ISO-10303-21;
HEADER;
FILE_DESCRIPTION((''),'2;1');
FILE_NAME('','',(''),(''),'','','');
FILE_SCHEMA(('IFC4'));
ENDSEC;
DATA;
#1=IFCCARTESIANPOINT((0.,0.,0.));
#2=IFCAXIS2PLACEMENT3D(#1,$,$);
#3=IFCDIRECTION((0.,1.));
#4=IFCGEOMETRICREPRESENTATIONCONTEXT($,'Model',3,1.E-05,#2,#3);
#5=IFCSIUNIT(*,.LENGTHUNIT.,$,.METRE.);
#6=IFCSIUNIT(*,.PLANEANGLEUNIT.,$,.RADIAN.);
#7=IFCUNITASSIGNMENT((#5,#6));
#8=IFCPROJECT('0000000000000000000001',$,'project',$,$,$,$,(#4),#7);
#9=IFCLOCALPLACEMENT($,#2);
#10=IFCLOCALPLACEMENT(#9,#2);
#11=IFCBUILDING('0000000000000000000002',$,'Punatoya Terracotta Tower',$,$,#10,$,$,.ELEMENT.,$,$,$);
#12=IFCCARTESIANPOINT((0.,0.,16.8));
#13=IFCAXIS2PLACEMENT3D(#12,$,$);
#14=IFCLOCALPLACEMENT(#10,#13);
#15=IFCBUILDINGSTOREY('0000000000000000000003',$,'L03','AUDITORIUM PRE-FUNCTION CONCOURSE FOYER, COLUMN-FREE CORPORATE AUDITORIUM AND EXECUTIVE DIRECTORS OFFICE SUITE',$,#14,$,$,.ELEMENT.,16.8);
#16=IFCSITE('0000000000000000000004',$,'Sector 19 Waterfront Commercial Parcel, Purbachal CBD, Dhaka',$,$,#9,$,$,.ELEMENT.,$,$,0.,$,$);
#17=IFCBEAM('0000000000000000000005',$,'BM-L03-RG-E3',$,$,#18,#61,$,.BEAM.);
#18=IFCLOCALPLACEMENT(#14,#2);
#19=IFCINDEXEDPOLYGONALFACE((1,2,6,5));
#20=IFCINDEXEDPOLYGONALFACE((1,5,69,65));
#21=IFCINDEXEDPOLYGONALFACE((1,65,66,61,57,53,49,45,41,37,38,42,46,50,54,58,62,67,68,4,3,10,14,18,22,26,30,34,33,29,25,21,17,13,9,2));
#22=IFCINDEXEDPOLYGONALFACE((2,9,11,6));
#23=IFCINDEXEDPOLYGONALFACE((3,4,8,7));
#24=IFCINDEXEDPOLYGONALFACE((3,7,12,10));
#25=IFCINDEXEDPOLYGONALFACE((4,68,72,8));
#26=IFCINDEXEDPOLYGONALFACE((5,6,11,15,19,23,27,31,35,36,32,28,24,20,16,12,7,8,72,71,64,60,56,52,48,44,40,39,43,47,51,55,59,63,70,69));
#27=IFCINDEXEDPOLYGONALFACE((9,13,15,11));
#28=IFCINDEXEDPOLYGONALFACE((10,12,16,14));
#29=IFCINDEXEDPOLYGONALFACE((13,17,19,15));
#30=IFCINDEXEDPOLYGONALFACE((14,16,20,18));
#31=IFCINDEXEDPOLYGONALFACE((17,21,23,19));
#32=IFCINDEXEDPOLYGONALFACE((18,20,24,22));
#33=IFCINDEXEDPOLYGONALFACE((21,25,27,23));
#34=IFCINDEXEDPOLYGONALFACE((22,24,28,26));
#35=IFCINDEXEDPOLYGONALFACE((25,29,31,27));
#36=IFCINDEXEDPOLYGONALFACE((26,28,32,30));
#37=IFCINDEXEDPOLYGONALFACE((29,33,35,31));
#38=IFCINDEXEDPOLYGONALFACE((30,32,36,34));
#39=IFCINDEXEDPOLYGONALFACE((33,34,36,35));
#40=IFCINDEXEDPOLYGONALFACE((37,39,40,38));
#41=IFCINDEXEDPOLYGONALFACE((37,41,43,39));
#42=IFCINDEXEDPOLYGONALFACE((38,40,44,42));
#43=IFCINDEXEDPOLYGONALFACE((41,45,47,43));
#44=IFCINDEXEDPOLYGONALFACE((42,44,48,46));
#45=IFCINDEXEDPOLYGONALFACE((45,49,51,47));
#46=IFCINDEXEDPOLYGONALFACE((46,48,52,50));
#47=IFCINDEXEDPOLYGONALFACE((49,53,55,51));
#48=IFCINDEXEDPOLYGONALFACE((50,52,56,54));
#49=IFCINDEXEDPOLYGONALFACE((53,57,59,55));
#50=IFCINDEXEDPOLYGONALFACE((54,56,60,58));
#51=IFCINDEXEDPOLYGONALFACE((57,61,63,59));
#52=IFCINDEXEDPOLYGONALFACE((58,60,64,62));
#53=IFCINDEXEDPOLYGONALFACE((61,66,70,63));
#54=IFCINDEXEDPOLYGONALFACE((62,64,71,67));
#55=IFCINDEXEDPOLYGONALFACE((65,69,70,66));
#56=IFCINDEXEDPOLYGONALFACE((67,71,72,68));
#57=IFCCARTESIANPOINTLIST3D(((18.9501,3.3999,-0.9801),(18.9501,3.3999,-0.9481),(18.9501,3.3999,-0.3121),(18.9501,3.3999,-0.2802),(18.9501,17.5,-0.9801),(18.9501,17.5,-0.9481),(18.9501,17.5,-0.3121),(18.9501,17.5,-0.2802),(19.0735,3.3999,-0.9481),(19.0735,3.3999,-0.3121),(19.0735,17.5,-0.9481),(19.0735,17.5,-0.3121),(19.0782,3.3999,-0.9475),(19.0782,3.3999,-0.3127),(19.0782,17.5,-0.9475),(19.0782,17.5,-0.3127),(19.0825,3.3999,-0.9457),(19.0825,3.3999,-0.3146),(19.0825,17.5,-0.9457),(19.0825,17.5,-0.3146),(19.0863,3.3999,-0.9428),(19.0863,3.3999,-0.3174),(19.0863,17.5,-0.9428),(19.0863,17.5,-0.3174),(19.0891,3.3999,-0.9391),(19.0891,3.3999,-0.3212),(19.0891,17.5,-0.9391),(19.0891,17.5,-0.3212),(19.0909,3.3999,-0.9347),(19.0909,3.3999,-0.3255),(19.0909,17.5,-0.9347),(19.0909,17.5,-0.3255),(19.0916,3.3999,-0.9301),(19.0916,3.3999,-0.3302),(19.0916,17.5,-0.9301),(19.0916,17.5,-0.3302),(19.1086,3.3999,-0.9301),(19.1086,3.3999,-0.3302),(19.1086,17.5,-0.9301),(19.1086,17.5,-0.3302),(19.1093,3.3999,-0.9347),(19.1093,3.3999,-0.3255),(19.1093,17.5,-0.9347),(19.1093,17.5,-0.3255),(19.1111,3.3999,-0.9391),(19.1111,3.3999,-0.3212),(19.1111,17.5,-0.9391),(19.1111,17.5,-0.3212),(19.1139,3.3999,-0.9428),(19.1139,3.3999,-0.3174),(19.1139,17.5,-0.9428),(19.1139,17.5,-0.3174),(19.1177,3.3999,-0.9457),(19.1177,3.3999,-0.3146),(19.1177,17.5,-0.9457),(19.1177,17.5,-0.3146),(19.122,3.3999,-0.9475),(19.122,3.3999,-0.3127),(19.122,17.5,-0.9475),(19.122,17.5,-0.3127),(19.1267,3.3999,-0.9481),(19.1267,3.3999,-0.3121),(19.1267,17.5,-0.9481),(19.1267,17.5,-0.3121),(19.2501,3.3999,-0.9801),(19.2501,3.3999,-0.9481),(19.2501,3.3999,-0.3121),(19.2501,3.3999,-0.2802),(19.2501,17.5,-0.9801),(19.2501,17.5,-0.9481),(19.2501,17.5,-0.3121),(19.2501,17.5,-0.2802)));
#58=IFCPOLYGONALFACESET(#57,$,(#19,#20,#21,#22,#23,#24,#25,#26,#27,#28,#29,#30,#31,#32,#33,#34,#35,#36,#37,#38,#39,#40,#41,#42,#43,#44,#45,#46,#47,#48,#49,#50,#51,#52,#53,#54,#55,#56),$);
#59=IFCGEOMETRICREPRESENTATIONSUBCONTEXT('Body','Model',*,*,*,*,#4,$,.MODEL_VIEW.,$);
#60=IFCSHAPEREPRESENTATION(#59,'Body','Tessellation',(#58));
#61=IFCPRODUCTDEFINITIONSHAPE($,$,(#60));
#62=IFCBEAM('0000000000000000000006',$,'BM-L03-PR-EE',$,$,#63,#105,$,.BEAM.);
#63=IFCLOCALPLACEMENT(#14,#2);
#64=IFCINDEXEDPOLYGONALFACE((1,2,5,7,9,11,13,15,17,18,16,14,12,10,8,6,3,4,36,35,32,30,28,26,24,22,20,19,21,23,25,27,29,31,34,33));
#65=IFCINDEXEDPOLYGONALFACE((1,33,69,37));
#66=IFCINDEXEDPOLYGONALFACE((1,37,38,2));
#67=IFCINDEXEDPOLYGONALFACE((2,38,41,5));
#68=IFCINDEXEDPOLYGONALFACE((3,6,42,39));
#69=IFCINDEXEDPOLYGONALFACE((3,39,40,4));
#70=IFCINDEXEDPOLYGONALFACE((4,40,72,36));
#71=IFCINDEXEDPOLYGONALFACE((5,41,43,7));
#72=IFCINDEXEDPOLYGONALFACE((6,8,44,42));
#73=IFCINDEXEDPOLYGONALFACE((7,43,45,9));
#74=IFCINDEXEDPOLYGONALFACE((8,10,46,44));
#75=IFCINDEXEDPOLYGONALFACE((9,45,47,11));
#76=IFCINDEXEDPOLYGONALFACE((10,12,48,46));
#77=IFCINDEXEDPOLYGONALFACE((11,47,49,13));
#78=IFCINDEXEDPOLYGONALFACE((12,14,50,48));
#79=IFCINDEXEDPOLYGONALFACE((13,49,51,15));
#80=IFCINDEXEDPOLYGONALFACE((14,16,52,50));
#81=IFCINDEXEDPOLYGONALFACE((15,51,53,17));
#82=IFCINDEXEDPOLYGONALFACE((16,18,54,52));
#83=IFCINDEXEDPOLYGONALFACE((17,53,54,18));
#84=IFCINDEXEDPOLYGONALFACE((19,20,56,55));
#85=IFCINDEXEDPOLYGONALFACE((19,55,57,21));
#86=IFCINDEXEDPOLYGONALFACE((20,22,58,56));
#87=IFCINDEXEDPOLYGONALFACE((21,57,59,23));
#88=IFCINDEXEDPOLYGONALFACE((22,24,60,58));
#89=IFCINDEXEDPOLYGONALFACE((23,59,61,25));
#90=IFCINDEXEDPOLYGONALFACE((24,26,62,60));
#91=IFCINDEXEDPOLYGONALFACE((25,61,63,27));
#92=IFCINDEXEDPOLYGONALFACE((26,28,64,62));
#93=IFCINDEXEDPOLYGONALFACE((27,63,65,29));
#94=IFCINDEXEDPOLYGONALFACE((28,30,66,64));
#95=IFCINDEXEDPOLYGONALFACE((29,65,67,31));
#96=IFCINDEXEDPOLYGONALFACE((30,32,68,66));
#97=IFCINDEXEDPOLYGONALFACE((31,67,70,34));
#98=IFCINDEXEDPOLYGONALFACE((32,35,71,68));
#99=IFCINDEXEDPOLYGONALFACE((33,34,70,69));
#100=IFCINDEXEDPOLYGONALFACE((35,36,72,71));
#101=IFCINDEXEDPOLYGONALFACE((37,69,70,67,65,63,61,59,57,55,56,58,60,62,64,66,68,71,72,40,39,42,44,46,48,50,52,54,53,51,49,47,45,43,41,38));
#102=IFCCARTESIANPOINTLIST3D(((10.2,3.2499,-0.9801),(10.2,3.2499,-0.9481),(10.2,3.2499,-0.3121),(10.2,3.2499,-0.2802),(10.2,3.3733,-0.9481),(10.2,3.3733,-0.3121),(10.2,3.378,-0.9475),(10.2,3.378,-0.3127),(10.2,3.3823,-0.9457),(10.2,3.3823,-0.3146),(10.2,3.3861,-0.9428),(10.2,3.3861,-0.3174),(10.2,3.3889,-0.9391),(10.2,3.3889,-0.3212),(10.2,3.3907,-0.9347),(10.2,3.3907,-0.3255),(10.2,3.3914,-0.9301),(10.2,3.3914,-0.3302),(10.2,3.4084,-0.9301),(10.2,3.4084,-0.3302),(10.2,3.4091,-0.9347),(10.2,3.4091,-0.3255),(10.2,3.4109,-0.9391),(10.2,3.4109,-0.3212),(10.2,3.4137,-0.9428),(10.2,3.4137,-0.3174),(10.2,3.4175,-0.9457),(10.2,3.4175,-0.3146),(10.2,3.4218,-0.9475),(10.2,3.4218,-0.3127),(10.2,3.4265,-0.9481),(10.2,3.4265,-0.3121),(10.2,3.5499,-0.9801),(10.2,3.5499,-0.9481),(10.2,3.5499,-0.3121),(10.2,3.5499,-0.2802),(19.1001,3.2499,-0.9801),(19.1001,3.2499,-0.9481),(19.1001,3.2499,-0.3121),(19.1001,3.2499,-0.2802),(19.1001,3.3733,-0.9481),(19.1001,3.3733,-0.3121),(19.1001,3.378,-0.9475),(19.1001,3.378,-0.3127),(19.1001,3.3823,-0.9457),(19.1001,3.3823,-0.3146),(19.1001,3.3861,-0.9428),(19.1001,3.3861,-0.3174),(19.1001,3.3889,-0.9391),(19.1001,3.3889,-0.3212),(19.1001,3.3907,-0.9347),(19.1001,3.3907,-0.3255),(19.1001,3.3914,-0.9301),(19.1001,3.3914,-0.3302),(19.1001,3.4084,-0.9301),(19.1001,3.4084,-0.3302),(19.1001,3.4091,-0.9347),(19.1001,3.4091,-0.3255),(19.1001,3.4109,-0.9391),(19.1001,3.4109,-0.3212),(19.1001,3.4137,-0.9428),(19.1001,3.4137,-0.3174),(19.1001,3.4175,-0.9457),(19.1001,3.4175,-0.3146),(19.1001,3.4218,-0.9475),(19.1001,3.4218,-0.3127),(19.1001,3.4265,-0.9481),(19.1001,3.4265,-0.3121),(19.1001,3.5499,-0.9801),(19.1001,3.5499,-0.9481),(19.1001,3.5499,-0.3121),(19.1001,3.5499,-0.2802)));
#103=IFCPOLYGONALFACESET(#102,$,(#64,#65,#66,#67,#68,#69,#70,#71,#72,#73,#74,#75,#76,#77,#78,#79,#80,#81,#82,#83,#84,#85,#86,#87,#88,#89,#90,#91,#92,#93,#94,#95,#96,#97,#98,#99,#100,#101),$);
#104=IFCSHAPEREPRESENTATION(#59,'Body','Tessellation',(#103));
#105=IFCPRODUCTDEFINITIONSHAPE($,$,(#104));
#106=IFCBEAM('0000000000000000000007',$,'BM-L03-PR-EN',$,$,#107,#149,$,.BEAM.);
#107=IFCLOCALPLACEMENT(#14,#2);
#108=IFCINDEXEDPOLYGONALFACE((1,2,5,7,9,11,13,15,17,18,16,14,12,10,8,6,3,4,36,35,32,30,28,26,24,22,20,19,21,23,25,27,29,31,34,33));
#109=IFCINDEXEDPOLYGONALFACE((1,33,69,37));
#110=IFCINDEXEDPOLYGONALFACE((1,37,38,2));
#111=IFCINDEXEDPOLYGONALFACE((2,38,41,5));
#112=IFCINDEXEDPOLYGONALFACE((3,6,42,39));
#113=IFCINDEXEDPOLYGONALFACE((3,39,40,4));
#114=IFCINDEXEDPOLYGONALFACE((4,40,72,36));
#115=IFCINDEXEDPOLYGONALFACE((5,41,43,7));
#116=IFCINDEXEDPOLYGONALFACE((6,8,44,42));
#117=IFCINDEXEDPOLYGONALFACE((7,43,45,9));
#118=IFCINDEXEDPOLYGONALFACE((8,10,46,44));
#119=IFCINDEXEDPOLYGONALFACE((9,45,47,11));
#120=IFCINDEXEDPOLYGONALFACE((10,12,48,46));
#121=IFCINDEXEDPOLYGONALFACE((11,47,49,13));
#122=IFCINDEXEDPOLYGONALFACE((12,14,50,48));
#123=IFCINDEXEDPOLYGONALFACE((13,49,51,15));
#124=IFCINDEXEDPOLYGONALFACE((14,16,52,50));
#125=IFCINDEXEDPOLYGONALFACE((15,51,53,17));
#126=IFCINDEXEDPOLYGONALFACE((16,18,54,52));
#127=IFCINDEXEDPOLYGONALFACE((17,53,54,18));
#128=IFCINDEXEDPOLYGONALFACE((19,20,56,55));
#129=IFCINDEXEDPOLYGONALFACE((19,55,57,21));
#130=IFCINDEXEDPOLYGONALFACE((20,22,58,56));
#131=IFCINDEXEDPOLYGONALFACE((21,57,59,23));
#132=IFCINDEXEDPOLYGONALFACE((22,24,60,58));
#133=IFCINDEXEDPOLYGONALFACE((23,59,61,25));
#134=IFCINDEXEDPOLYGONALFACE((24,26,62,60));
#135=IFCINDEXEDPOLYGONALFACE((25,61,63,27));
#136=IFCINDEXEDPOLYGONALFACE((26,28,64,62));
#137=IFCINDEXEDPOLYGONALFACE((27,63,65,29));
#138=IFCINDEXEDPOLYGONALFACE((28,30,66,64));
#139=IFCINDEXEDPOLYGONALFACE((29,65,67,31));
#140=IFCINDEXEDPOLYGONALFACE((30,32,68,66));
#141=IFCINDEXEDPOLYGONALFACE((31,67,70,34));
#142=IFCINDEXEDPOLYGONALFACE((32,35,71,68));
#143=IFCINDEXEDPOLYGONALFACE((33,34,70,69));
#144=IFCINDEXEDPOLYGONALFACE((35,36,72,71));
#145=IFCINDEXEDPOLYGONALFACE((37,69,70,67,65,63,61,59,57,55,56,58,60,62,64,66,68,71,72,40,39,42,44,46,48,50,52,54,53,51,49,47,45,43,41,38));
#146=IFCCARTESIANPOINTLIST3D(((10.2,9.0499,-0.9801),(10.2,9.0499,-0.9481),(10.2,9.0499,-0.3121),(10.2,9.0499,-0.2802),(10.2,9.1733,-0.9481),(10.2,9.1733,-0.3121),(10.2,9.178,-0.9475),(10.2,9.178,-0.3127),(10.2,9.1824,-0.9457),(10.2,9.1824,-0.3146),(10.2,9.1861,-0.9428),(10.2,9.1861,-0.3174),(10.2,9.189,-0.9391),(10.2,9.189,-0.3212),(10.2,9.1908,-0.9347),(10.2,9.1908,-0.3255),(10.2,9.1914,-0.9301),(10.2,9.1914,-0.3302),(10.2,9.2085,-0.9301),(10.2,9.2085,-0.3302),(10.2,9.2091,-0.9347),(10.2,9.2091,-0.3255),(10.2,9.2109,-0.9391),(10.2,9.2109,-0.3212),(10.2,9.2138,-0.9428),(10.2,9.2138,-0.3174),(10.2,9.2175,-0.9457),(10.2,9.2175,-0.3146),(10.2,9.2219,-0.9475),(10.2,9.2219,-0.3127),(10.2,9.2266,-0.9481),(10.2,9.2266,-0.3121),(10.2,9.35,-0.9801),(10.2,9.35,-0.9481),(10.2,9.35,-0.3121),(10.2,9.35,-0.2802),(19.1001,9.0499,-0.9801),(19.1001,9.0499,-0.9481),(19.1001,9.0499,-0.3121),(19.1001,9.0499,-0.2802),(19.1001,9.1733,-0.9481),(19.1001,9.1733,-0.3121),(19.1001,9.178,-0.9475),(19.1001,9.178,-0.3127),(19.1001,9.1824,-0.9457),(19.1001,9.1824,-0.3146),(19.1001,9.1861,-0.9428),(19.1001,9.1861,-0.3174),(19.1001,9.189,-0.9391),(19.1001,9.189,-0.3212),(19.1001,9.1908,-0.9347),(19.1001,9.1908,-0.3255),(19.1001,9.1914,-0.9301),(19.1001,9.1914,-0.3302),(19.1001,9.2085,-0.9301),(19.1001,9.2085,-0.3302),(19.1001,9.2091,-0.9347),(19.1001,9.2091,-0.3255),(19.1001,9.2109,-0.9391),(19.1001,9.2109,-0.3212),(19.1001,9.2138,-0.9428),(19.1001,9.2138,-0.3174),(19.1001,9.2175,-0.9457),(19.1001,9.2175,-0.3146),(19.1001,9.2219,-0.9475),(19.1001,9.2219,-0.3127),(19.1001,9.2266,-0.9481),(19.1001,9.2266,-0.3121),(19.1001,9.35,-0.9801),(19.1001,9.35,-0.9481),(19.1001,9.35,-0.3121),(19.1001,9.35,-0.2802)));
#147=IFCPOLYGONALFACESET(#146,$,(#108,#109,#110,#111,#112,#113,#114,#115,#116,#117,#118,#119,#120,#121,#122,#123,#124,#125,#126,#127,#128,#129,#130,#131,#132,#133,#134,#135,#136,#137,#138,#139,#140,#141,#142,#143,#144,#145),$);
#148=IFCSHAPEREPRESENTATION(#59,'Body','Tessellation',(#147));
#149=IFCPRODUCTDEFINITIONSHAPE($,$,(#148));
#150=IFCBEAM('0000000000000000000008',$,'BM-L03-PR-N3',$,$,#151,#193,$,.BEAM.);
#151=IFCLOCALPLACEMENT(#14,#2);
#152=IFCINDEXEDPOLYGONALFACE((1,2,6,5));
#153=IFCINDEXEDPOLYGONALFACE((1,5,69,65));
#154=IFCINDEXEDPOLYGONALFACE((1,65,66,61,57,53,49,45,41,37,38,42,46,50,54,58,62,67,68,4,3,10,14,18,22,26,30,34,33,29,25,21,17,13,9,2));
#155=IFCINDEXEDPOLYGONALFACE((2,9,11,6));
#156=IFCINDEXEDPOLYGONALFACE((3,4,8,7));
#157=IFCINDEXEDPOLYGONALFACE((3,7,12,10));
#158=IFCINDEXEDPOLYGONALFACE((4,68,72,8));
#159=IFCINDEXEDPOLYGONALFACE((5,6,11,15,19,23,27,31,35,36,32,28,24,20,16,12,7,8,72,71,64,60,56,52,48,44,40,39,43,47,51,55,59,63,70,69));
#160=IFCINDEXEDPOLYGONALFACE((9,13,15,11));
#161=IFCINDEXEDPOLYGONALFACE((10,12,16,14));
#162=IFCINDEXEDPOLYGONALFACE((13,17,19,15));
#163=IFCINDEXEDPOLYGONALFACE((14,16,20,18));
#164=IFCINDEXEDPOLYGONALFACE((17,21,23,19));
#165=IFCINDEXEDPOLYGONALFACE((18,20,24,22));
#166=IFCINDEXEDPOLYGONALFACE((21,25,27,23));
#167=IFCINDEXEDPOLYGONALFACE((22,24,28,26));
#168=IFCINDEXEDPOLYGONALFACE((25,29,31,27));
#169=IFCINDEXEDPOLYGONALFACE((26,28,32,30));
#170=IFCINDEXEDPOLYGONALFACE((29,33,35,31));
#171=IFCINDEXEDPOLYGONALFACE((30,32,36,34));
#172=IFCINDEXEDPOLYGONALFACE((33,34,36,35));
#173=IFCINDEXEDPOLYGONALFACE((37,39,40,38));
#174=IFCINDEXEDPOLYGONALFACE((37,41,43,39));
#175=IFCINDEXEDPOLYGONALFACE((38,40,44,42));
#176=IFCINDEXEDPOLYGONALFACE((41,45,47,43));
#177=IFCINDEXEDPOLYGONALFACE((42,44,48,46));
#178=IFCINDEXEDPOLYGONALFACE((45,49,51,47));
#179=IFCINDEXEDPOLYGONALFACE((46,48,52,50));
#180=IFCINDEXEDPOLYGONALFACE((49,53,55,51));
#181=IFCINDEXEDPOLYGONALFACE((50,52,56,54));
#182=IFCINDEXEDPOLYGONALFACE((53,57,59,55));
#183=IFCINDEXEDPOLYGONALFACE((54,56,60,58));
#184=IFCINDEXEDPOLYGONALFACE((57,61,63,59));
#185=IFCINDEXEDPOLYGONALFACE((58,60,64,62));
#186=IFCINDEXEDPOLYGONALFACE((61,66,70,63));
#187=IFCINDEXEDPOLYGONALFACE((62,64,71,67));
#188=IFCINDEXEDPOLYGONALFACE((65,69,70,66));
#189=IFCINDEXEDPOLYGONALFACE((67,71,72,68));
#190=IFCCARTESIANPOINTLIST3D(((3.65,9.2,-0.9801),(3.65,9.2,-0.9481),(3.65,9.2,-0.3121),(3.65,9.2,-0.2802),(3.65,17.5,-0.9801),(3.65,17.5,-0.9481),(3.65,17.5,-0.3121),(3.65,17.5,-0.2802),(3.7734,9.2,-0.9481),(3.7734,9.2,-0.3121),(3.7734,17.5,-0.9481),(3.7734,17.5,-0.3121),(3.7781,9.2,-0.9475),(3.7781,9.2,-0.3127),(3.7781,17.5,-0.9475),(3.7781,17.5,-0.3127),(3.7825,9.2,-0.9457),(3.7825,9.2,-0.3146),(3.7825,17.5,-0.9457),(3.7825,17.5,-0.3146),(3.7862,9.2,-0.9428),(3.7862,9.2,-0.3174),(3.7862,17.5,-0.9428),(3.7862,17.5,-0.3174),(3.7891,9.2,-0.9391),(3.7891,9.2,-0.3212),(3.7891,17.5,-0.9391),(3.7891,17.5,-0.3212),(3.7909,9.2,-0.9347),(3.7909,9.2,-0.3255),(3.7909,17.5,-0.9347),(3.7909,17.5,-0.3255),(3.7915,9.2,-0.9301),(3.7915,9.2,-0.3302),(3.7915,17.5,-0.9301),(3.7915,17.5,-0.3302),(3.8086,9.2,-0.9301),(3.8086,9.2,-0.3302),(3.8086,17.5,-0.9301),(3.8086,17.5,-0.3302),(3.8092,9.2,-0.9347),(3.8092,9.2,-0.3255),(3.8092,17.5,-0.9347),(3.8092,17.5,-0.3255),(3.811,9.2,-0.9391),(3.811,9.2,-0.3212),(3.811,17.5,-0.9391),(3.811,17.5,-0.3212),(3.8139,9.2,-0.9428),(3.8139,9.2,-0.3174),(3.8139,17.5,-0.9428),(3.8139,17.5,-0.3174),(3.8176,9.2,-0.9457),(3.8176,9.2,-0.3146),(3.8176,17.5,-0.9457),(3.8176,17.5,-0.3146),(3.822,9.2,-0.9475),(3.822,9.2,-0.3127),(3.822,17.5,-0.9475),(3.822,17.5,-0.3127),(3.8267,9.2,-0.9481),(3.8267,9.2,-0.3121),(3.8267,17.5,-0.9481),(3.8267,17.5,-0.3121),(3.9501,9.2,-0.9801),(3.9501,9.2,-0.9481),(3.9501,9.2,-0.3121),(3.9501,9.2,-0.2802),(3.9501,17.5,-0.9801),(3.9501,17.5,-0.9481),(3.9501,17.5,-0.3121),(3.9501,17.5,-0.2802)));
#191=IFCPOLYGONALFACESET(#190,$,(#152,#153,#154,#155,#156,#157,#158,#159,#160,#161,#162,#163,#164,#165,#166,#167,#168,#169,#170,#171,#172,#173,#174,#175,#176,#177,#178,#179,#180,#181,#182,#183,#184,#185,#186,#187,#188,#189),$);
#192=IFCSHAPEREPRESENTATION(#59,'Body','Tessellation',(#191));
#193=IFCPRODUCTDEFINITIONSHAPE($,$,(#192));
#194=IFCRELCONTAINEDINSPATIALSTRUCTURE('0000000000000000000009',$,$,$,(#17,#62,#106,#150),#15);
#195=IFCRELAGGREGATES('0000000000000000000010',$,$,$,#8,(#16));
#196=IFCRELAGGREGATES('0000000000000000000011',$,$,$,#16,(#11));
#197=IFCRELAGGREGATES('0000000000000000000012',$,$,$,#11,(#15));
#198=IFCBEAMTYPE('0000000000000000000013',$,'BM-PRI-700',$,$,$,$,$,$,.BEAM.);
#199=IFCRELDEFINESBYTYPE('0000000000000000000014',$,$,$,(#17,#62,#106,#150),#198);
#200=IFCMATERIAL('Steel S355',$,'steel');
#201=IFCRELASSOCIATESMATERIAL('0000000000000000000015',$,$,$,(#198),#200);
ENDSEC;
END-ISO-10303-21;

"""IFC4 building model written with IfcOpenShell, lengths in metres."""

from ifc_helpers import new_model, si_unit, direction, frame, origin, origin_2d, place, context, subcontext, project, spatial, i_section, extrude, material, material_profile, profile_set, type_object, element, save


model = new_model("IFC4")

# Units and contexts
model_context = context("Model", 3, precision=1e-05, world=origin(), true_north=direction((0.0, 1.0)))
body_context = subcontext(model_context, "Body", "Model", "MODEL_VIEW")
ifc_project = project(units=[si_unit("LENGTHUNIT", "METRE"), si_unit("PLANEANGLEUNIT", "RADIAN")], contexts=[model_context])

# Site, building, storey
site_placement = place(None, origin())
site = spatial("IfcSite", under=ifc_project, at=site_placement, Name="Sector 19 Waterfront Commercial Parcel, Purbachal CBD, Dhaka", CompositionType="ELEMENT", RefElevation=0.0)
building_placement = place(site_placement, origin())
building = spatial("IfcBuilding", under=site, at=building_placement, Name="Punatoya Terracotta Tower", CompositionType="ELEMENT")
storey_placement = place(building_placement, frame((0.0, 0.0, 16.8)))
storey = spatial("IfcBuildingStorey", under=building, at=storey_placement, Name="L03", Description="AUDITORIUM PRE-FUNCTION CONCOURSE FOYER, COLUMN-FREE CORPORATE AUDITORIUM AND EXECUTIVE DIRECTORS OFFICE SUITE", CompositionType="ELEMENT", Elevation=16.8)

# Beams
ifc_material_1 = material(Name="Steel S355", Category="steel")
ifc_material_profile_1 = material_profile(ifc_material_1, i_section(OverallWidth=0.3, OverallDepth=0.7, WebThickness=0.0171, FlangeThickness=0.032, FilletRadius=0.0181, at=origin_2d()))
ifc_profile_set_1 = profile_set([ifc_material_profile_1], Name="Steel S355")
beam_type_1 = type_object("IfcBeamType", Name="BM-PRI-700", PredefinedType="BEAM", material=ifc_profile_set_1)
beam_1_placement = place(storey_placement, frame((19.1001, 3.3999, -0.6301), z_axis=(0.0, 1.0, 0.0), x_axis=(-1.0, 0.0, 0.0)))
element("IfcBeam", 1, at=beam_1_placement, inside=storey, type_object=beam_type_1, Name="BM-L03-RG-E3", PredefinedType="BEAM", context=body_context, shape_type="SweptSolid", body=[
    extrude(i_section(OverallWidth=0.3, OverallDepth=0.7, WebThickness=0.0171, FlangeThickness=0.032, FilletRadius=0.0181, at=origin_2d()), origin(), (0.0, 0.0, 1.0), 14.1001),
])
for number, where, z_axis, x_axis, name in (
    (2, (10.2, 3.3999, -0.6301), (1.0, 0.0, 0.0), (0.0, 1.0, 0.0), "BM-L03-PR-EE"),
    (3, (10.2, 9.2, -0.6301), (1.0, 0.0, 0.0), (0.0, 1.0, 0.0), "BM-L03-PR-EN"),
):
    element("IfcBeam", number, at=place(storey_placement, frame(where, z_axis=z_axis, x_axis=x_axis)), inside=storey, type_object=beam_type_1, Name=name, PredefinedType="BEAM", context=body_context, shape_type="SweptSolid", body=[
        extrude(i_section(OverallWidth=0.3, OverallDepth=0.7, WebThickness=0.0171, FlangeThickness=0.032, FilletRadius=0.0181, at=origin_2d()), origin(), (0.0, 0.0, 1.0), 8.9001),
    ])
for number, where, z_axis, x_axis, name in (
    (4, (3.8, 9.2, -0.6301), (0.0, 1.0, 0.0), (-1.0, 0.0, 0.0), "BM-L03-PR-N3"),
):
    element("IfcBeam", number, at=place(storey_placement, frame(where, z_axis=z_axis, x_axis=x_axis)), inside=storey, type_object=beam_type_1, Name=name, PredefinedType="BEAM", context=body_context, shape_type="SweptSolid", body=[
        extrude(i_section(OverallWidth=0.3, OverallDepth=0.7, WebThickness=0.0171, FlangeThickness=0.032, FilletRadius=0.0181, at=origin_2d()), origin(), (0.0, 0.0, 1.0), 8.3),
    ])

save(model, "model.ifc")
